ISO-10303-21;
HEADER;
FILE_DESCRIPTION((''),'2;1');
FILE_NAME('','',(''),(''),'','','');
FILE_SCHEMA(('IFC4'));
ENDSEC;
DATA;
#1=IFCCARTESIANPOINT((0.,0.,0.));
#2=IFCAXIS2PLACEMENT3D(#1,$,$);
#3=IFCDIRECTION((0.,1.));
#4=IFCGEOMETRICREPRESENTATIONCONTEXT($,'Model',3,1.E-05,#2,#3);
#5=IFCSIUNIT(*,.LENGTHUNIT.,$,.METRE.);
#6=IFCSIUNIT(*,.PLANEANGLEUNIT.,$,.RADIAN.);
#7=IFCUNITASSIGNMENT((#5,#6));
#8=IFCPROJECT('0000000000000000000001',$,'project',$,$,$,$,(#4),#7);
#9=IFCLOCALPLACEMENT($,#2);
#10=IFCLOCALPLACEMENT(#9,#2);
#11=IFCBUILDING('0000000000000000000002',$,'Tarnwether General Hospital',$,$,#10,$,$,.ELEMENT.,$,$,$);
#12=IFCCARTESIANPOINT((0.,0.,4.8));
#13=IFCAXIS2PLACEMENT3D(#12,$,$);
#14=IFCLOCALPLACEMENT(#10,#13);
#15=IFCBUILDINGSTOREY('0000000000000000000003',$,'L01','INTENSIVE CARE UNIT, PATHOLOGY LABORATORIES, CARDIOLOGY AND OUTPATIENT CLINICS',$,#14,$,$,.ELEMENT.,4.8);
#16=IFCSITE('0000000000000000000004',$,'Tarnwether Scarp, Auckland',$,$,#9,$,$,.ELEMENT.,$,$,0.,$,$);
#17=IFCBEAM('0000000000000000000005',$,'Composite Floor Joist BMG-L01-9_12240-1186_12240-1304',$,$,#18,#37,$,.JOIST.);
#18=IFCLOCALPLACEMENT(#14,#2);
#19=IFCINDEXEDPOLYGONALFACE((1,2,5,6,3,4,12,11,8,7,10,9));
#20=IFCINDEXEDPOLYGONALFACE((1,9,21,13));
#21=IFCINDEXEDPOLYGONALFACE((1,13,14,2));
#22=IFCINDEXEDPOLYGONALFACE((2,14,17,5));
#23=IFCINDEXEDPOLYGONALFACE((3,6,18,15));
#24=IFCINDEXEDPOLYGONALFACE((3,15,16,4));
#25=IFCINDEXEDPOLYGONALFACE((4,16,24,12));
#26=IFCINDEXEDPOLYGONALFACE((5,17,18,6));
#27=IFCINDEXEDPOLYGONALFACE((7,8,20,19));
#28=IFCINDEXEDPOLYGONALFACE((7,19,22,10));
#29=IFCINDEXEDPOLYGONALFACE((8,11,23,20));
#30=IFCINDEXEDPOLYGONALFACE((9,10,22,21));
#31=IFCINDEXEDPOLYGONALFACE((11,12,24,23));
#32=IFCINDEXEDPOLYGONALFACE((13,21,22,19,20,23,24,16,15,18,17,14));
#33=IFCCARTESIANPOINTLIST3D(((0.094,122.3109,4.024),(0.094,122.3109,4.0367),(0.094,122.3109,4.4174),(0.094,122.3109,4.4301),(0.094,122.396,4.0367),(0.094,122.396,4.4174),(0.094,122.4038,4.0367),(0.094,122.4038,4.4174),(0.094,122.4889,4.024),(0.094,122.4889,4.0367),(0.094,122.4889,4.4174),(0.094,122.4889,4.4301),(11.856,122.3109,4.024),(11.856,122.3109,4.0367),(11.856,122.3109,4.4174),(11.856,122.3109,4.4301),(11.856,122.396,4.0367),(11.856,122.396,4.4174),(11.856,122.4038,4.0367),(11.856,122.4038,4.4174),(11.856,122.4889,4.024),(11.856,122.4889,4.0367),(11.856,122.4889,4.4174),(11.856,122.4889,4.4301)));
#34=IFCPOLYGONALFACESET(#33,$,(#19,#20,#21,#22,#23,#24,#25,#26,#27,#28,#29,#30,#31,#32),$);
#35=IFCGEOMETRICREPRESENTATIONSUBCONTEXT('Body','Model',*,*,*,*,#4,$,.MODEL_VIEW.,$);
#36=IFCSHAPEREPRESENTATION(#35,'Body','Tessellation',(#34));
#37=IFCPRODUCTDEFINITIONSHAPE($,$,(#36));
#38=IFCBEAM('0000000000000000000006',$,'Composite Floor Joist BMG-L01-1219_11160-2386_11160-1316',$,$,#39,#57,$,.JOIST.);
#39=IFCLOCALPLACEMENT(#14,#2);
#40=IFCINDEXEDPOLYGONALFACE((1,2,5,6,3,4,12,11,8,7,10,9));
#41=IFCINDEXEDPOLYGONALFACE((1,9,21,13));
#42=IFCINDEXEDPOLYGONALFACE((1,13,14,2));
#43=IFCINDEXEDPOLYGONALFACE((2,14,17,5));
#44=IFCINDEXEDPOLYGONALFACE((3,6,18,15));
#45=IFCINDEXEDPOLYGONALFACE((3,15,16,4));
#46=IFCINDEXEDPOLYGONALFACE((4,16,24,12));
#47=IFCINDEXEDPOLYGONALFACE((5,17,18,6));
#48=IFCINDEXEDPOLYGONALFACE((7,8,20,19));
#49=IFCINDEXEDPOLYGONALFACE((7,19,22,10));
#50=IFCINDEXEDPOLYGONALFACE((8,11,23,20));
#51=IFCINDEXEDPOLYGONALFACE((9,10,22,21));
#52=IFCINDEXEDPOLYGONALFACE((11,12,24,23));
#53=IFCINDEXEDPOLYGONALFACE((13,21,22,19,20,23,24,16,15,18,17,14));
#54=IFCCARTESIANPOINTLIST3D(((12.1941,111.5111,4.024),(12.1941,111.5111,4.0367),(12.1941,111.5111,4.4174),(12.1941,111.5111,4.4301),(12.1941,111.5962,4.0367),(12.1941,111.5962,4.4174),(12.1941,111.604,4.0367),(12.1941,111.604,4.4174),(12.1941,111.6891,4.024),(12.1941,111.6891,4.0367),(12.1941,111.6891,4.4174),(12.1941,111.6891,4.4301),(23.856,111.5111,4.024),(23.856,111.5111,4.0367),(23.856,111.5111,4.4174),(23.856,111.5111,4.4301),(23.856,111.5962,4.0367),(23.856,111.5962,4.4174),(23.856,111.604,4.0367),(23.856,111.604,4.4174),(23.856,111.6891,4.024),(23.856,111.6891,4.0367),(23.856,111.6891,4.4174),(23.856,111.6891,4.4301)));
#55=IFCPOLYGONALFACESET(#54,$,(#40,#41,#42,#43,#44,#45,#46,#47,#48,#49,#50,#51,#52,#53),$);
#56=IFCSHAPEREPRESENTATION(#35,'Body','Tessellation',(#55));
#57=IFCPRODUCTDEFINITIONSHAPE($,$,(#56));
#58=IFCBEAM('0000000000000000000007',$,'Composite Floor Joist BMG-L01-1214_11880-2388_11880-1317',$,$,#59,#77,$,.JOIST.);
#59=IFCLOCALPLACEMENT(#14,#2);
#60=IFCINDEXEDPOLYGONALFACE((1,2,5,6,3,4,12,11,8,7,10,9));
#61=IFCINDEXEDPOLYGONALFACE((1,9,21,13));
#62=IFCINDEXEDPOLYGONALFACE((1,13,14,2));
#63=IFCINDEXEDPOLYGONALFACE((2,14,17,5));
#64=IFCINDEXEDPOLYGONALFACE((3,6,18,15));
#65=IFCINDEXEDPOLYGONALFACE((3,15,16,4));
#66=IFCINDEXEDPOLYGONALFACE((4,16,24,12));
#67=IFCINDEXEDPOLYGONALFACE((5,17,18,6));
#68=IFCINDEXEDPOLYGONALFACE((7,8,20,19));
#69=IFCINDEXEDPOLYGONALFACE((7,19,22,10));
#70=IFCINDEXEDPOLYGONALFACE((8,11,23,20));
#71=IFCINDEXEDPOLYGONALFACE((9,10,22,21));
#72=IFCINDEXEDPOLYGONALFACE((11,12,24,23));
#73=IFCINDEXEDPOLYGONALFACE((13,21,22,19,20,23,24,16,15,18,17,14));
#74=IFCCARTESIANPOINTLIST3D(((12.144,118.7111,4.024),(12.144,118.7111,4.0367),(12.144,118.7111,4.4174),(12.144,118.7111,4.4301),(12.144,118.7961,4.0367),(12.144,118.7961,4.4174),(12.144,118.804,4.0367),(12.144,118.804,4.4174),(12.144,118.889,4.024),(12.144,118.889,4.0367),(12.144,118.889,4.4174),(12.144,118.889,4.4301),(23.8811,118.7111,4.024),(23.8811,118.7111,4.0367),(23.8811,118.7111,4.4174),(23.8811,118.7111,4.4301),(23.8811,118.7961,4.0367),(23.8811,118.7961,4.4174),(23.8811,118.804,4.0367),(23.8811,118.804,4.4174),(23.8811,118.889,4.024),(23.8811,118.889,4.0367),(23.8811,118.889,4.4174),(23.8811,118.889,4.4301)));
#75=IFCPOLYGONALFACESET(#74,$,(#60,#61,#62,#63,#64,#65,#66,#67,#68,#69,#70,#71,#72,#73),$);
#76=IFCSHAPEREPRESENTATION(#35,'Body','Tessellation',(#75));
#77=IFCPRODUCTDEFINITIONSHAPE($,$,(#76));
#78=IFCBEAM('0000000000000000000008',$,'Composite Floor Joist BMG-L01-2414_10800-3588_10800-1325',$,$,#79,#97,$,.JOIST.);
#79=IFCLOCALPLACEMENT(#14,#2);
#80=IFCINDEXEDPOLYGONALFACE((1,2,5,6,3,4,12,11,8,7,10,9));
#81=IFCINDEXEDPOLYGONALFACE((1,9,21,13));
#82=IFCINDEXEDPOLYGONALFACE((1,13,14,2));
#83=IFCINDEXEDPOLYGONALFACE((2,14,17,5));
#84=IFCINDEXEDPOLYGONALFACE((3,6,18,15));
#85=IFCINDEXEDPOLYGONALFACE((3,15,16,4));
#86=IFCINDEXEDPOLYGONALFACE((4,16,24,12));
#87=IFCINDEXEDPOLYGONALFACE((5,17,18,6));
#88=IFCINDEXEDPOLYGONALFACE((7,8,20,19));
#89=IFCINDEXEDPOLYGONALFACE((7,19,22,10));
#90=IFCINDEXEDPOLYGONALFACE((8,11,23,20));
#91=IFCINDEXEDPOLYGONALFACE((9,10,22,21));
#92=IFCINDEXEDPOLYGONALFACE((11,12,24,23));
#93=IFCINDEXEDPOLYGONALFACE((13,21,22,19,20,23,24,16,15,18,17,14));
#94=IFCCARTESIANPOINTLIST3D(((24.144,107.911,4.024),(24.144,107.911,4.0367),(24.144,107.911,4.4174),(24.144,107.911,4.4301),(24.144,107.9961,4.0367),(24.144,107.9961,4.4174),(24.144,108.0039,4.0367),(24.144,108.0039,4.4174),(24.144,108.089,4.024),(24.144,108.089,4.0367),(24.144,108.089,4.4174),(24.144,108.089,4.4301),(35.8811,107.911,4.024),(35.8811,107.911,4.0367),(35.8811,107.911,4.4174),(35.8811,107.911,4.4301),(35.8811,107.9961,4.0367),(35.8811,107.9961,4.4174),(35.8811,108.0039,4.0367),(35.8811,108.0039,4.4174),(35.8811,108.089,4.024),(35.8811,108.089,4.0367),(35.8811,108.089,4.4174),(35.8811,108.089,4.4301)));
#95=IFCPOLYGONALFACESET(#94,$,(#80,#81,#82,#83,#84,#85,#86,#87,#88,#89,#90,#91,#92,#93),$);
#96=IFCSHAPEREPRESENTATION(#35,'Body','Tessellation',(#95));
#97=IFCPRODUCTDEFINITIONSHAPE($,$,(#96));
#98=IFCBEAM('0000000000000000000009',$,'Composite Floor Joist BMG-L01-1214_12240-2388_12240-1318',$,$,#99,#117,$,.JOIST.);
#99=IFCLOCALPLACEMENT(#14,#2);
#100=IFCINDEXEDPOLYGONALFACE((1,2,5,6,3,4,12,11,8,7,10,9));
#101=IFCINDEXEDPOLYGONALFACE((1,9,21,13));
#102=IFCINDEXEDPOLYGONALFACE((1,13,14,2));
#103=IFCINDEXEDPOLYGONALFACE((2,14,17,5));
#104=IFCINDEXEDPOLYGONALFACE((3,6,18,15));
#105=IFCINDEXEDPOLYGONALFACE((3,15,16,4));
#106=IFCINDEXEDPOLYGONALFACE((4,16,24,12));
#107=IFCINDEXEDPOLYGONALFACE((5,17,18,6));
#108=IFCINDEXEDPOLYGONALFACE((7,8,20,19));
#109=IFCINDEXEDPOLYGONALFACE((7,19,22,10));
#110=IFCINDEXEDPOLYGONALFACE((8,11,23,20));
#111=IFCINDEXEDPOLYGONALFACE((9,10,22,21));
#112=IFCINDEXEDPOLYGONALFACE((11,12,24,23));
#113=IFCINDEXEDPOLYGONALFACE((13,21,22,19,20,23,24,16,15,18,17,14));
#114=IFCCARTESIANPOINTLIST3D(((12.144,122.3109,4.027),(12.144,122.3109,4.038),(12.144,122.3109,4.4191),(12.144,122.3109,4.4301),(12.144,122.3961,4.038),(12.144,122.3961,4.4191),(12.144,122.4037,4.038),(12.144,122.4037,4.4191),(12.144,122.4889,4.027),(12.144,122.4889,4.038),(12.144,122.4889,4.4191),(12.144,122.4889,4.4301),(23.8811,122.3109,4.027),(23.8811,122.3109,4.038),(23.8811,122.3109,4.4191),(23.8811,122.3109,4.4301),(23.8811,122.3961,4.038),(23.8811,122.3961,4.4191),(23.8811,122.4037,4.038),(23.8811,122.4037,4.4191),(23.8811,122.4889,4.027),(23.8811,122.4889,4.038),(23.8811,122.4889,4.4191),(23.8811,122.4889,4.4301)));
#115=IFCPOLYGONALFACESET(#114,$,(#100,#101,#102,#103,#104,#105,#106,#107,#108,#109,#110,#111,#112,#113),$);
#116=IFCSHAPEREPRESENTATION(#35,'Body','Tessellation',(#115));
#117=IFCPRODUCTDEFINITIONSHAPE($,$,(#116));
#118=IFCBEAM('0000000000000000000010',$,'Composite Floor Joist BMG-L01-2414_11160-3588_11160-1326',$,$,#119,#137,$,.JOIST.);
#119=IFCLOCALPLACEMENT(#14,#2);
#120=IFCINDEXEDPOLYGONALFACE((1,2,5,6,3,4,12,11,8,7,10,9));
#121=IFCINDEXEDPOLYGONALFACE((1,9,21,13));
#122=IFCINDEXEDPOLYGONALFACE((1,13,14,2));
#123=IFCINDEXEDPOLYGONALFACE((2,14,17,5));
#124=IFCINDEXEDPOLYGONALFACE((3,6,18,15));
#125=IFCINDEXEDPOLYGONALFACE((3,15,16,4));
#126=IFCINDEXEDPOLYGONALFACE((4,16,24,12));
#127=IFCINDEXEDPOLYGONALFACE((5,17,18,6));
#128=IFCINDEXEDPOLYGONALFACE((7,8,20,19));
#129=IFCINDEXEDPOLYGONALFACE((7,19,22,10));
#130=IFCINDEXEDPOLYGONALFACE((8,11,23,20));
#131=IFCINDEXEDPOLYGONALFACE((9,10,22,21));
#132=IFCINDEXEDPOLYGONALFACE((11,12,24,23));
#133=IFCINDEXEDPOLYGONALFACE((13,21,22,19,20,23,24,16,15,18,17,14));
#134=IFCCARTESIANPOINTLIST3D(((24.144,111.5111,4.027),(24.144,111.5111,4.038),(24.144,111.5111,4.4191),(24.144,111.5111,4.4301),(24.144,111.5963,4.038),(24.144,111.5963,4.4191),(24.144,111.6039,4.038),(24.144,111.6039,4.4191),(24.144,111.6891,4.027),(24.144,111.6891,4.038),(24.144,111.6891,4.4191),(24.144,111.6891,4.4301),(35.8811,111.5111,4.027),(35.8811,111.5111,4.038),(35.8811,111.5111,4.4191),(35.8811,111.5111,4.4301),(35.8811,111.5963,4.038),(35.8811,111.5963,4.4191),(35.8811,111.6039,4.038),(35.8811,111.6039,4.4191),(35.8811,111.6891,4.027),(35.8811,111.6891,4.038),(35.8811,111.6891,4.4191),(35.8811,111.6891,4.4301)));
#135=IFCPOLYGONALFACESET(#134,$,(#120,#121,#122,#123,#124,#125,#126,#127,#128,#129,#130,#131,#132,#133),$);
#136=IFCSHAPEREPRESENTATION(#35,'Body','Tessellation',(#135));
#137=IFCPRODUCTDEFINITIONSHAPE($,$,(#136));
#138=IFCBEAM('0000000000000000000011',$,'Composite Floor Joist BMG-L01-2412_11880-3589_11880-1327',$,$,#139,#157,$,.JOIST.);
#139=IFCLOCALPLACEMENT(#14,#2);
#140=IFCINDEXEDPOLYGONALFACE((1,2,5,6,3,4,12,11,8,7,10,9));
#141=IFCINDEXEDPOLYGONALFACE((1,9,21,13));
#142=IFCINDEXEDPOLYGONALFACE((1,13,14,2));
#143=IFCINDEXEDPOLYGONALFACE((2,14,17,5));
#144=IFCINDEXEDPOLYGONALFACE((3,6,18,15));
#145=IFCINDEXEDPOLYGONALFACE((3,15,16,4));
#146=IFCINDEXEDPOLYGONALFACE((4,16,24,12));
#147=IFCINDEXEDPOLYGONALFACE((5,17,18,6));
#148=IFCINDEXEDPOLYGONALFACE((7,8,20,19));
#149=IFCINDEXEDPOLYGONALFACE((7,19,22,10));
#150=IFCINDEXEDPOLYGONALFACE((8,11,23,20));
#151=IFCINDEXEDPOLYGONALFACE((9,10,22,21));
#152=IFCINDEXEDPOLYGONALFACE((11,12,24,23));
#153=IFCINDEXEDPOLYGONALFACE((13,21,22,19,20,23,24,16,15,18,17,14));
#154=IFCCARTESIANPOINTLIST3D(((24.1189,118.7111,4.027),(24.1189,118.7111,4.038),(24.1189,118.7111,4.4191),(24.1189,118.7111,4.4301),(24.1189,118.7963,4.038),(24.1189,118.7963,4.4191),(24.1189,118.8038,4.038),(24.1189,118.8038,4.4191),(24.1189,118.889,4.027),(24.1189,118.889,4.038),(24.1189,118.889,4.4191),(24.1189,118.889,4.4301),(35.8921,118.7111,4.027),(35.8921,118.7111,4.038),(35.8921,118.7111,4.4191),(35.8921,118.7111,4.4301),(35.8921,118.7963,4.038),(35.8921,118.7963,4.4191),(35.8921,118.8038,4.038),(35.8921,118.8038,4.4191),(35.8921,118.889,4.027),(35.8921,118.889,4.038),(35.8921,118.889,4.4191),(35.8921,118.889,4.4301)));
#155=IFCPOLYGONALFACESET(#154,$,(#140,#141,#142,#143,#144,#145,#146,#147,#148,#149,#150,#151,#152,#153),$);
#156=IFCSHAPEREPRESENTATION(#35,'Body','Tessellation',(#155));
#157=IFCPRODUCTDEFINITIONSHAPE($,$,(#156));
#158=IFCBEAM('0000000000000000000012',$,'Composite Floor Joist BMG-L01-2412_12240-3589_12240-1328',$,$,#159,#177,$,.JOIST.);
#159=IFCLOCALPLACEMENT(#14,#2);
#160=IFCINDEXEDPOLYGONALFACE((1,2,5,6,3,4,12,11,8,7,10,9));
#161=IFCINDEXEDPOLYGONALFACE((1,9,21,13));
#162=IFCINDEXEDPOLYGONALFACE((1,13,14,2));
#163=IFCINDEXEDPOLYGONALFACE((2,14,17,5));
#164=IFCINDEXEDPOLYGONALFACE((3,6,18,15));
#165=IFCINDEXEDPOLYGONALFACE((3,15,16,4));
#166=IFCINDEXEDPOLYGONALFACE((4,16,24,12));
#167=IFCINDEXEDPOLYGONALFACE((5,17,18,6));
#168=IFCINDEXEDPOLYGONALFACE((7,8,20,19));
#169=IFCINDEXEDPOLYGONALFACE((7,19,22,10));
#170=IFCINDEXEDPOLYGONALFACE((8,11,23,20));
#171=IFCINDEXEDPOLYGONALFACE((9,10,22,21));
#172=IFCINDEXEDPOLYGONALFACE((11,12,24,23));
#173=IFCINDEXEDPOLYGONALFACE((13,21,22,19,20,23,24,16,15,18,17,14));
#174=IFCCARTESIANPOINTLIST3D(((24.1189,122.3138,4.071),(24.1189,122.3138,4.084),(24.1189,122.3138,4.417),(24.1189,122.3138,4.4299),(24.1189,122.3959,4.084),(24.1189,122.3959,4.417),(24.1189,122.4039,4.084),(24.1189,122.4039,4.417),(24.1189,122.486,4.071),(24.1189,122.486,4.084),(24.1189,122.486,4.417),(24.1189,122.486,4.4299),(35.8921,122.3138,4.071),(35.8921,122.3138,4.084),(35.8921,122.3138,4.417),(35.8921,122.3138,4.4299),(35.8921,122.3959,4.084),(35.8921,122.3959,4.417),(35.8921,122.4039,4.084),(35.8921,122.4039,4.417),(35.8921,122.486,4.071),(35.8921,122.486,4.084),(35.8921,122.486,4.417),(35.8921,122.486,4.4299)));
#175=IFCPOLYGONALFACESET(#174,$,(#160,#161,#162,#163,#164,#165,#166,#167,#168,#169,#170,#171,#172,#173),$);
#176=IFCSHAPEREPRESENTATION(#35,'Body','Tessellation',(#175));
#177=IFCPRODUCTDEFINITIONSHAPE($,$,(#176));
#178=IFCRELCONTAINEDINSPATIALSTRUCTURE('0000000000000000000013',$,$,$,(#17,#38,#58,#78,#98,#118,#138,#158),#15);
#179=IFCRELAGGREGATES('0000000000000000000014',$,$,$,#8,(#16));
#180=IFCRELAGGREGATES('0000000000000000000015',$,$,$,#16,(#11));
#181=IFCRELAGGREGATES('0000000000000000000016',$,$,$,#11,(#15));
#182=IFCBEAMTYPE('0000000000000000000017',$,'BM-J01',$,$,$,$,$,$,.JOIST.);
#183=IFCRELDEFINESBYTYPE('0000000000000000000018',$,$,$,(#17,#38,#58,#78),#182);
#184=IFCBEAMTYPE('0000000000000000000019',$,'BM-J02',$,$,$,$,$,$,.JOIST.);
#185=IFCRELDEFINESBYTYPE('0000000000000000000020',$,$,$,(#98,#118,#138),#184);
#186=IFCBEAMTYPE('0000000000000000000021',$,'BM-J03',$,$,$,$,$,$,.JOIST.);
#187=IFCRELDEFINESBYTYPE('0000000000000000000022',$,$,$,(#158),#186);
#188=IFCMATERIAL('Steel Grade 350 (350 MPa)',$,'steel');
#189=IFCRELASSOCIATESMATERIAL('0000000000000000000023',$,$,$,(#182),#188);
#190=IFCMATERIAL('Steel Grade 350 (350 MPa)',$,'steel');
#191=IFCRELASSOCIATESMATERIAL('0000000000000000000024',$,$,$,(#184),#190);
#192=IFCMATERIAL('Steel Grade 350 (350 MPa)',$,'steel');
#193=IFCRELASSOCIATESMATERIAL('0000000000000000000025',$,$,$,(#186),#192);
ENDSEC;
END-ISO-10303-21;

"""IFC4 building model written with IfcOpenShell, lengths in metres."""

from ifc_helpers import new_model, si_unit, direction, frame, origin, origin_2d, place, context, subcontext, project, spatial, i_section, extrude, material, material_profile, profile_set, type_object, element, save


model = new_model("IFC4")

# Units and contexts
model_context = context("Model", 3, precision=1e-05, world=origin(), true_north=direction((0.0, 1.0)))
body_context = subcontext(model_context, "Body", "Model", "MODEL_VIEW")
ifc_project = project(units=[si_unit("LENGTHUNIT", "METRE"), si_unit("PLANEANGLEUNIT", "RADIAN")], contexts=[model_context])

# Site, building, storey
site_placement = place(None, origin())
site = spatial("IfcSite", under=ifc_project, at=site_placement, Name="Tarnwether Scarp, Auckland", CompositionType="ELEMENT", RefElevation=0.0)
building_placement = place(site_placement, origin())
building = spatial("IfcBuilding", under=site, at=building_placement, Name="Tarnwether General Hospital", CompositionType="ELEMENT")
storey_placement = place(building_placement, frame((0.0, 0.0, 4.8)))
storey = spatial("IfcBuildingStorey", under=building, at=storey_placement, Name="L01", Description="INTENSIVE CARE UNIT, PATHOLOGY LABORATORIES, CARDIOLOGY AND OUTPATIENT CLINICS", CompositionType="ELEMENT", Elevation=4.8)

# Beams
ifc_material_1 = material(Name="Steel Grade 350 (350 MPa)", Category="steel")
ifc_material_profile_1 = material_profile(ifc_material_1, i_section(OverallWidth=0.178, OverallDepth=0.406, WebThickness=0.0078, FlangeThickness=0.0127, at=origin_2d()), Name="410UB59.7")
ifc_profile_set_1 = profile_set([ifc_material_profile_1], Name="Steel Grade 350 (350 MPa)")
beam_type_1 = type_object("IfcBeamType", Name="BM-J01", PredefinedType="JOIST", material=ifc_profile_set_1)
beam_1_placement = place(storey_placement, frame((0.094, 122.3999, 4.2271), z_axis=(1.0, 0.0, 0.0), x_axis=(0.0, 1.0, 0.0)))
element("IfcBeam", 1, at=beam_1_placement, inside=storey, type_object=beam_type_1, Name="Composite Floor Joist BMG-L01-9_12240-1186_12240-1304", PredefinedType="JOIST", context=body_context, shape_type="SweptSolid", body=[
    extrude(i_section(OverallWidth=0.178, OverallDepth=0.406, WebThickness=0.0078, FlangeThickness=0.0127, at=origin_2d()), origin(), (0.0, 0.0, 1.0), 11.762),
])
beam_2_placement = place(storey_placement, frame((12.1941, 111.6001, 4.2271), z_axis=(1.0, 0.0, 0.0), x_axis=(0.0, 1.0, 0.0)))
element("IfcBeam", 2, at=beam_2_placement, inside=storey, type_object=beam_type_1, Name="Composite Floor Joist BMG-L01-1219_11160-2386_11160-1316", PredefinedType="JOIST", context=body_context, shape_type="SweptSolid", body=[
    extrude(i_section(OverallWidth=0.178, OverallDepth=0.406, WebThickness=0.0078, FlangeThickness=0.0127, at=origin_2d()), origin(), (0.0, 0.0, 1.0), 11.6619),
])
for number, where, z_axis, x_axis, name in (
    (3, (12.144, 118.8, 4.2271), (1.0, 0.0, 0.0), (0.0, 1.0, 0.0), "Composite Floor Joist BMG-L01-1214_11880-2388_11880-1317"),
    (4, (24.144, 108.0, 4.2271), (1.0, 0.0, 0.0), (0.0, 1.0, 0.0), "Composite Floor Joist BMG-L01-2414_10800-3588_10800-1325"),
):
    element("IfcBeam", number, at=place(storey_placement, frame(where, z_axis=z_axis, x_axis=x_axis)), inside=storey, type_object=beam_type_1, Name=name, PredefinedType="JOIST", context=body_context, shape_type="SweptSolid", body=[
        extrude(i_section(OverallWidth=0.178, OverallDepth=0.406, WebThickness=0.0078, FlangeThickness=0.0127, at=origin_2d()), origin(), (0.0, 0.0, 1.0), 11.7371),
    ])
ifc_material_2 = material(Name="Steel Grade 350 (350 MPa)", Category="steel")
ifc_material_profile_2 = material_profile(ifc_material_2, i_section(OverallWidth=0.178, OverallDepth=0.4031, WebThickness=0.0076, FlangeThickness=0.011, at=origin_2d()), Name="410UB53.7")
ifc_profile_set_2 = profile_set([ifc_material_profile_2], Name="Steel Grade 350 (350 MPa)")
beam_type_2 = type_object("IfcBeamType", Name="BM-J02", PredefinedType="JOIST", material=ifc_profile_set_2)
for number, where, z_axis, x_axis, name in (
    (5, (12.144, 122.3999, 4.2285), (1.0, 0.0, 0.0), (0.0, 1.0, 0.0), "Composite Floor Joist BMG-L01-1214_12240-2388_12240-1318"),
    (6, (24.144, 111.6001, 4.2285), (1.0, 0.0, 0.0), (0.0, 1.0, 0.0), "Composite Floor Joist BMG-L01-2414_11160-3588_11160-1326"),
):
    element("IfcBeam", number, at=place(storey_placement, frame(where, z_axis=z_axis, x_axis=x_axis)), inside=storey, type_object=beam_type_2, Name=name, PredefinedType="JOIST", context=body_context, shape_type="SweptSolid", body=[
        extrude(i_section(OverallWidth=0.178, OverallDepth=0.4031, WebThickness=0.0076, FlangeThickness=0.011, at=origin_2d()), origin(), (0.0, 0.0, 1.0), 11.7371),
    ])
beam_3_placement = place(storey_placement, frame((24.1189, 118.8, 4.2285), z_axis=(1.0, 0.0, 0.0), x_axis=(0.0, 1.0, 0.0)))
element("IfcBeam", 7, at=beam_3_placement, inside=storey, type_object=beam_type_2, Name="Composite Floor Joist BMG-L01-2412_11880-3589_11880-1327", PredefinedType="JOIST", context=body_context, shape_type="SweptSolid", body=[
    extrude(i_section(OverallWidth=0.178, OverallDepth=0.4031, WebThickness=0.0076, FlangeThickness=0.011, at=origin_2d()), origin(), (0.0, 0.0, 1.0), 11.7732),
])
ifc_material_3 = material(Name="Steel Grade 350 (350 MPa)", Category="steel")
ifc_material_profile_3 = material_profile(ifc_material_3, i_section(OverallWidth=0.1721, OverallDepth=0.3589, WebThickness=0.0081, FlangeThickness=0.0129, at=origin_2d()), Name="360UB56.7")
ifc_profile_set_3 = profile_set([ifc_material_profile_3], Name="Steel Grade 350 (350 MPa)")
beam_type_3 = type_object("IfcBeamType", Name="BM-J03", PredefinedType="JOIST", material=ifc_profile_set_3)
beam_4_placement = place(storey_placement, frame((24.1189, 122.3999, 4.2505), z_axis=(1.0, 0.0, 0.0), x_axis=(0.0, 1.0, 0.0)))
element("IfcBeam", 8, at=beam_4_placement, inside=storey, type_object=beam_type_3, Name="Composite Floor Joist BMG-L01-2412_12240-3589_12240-1328", PredefinedType="JOIST", context=body_context, shape_type="SweptSolid", body=[
    extrude(i_section(OverallWidth=0.1721, OverallDepth=0.3589, WebThickness=0.0081, FlangeThickness=0.0129, at=origin_2d()), origin(), (0.0, 0.0, 1.0), 11.7732),
])

save(model, "model.ifc")
